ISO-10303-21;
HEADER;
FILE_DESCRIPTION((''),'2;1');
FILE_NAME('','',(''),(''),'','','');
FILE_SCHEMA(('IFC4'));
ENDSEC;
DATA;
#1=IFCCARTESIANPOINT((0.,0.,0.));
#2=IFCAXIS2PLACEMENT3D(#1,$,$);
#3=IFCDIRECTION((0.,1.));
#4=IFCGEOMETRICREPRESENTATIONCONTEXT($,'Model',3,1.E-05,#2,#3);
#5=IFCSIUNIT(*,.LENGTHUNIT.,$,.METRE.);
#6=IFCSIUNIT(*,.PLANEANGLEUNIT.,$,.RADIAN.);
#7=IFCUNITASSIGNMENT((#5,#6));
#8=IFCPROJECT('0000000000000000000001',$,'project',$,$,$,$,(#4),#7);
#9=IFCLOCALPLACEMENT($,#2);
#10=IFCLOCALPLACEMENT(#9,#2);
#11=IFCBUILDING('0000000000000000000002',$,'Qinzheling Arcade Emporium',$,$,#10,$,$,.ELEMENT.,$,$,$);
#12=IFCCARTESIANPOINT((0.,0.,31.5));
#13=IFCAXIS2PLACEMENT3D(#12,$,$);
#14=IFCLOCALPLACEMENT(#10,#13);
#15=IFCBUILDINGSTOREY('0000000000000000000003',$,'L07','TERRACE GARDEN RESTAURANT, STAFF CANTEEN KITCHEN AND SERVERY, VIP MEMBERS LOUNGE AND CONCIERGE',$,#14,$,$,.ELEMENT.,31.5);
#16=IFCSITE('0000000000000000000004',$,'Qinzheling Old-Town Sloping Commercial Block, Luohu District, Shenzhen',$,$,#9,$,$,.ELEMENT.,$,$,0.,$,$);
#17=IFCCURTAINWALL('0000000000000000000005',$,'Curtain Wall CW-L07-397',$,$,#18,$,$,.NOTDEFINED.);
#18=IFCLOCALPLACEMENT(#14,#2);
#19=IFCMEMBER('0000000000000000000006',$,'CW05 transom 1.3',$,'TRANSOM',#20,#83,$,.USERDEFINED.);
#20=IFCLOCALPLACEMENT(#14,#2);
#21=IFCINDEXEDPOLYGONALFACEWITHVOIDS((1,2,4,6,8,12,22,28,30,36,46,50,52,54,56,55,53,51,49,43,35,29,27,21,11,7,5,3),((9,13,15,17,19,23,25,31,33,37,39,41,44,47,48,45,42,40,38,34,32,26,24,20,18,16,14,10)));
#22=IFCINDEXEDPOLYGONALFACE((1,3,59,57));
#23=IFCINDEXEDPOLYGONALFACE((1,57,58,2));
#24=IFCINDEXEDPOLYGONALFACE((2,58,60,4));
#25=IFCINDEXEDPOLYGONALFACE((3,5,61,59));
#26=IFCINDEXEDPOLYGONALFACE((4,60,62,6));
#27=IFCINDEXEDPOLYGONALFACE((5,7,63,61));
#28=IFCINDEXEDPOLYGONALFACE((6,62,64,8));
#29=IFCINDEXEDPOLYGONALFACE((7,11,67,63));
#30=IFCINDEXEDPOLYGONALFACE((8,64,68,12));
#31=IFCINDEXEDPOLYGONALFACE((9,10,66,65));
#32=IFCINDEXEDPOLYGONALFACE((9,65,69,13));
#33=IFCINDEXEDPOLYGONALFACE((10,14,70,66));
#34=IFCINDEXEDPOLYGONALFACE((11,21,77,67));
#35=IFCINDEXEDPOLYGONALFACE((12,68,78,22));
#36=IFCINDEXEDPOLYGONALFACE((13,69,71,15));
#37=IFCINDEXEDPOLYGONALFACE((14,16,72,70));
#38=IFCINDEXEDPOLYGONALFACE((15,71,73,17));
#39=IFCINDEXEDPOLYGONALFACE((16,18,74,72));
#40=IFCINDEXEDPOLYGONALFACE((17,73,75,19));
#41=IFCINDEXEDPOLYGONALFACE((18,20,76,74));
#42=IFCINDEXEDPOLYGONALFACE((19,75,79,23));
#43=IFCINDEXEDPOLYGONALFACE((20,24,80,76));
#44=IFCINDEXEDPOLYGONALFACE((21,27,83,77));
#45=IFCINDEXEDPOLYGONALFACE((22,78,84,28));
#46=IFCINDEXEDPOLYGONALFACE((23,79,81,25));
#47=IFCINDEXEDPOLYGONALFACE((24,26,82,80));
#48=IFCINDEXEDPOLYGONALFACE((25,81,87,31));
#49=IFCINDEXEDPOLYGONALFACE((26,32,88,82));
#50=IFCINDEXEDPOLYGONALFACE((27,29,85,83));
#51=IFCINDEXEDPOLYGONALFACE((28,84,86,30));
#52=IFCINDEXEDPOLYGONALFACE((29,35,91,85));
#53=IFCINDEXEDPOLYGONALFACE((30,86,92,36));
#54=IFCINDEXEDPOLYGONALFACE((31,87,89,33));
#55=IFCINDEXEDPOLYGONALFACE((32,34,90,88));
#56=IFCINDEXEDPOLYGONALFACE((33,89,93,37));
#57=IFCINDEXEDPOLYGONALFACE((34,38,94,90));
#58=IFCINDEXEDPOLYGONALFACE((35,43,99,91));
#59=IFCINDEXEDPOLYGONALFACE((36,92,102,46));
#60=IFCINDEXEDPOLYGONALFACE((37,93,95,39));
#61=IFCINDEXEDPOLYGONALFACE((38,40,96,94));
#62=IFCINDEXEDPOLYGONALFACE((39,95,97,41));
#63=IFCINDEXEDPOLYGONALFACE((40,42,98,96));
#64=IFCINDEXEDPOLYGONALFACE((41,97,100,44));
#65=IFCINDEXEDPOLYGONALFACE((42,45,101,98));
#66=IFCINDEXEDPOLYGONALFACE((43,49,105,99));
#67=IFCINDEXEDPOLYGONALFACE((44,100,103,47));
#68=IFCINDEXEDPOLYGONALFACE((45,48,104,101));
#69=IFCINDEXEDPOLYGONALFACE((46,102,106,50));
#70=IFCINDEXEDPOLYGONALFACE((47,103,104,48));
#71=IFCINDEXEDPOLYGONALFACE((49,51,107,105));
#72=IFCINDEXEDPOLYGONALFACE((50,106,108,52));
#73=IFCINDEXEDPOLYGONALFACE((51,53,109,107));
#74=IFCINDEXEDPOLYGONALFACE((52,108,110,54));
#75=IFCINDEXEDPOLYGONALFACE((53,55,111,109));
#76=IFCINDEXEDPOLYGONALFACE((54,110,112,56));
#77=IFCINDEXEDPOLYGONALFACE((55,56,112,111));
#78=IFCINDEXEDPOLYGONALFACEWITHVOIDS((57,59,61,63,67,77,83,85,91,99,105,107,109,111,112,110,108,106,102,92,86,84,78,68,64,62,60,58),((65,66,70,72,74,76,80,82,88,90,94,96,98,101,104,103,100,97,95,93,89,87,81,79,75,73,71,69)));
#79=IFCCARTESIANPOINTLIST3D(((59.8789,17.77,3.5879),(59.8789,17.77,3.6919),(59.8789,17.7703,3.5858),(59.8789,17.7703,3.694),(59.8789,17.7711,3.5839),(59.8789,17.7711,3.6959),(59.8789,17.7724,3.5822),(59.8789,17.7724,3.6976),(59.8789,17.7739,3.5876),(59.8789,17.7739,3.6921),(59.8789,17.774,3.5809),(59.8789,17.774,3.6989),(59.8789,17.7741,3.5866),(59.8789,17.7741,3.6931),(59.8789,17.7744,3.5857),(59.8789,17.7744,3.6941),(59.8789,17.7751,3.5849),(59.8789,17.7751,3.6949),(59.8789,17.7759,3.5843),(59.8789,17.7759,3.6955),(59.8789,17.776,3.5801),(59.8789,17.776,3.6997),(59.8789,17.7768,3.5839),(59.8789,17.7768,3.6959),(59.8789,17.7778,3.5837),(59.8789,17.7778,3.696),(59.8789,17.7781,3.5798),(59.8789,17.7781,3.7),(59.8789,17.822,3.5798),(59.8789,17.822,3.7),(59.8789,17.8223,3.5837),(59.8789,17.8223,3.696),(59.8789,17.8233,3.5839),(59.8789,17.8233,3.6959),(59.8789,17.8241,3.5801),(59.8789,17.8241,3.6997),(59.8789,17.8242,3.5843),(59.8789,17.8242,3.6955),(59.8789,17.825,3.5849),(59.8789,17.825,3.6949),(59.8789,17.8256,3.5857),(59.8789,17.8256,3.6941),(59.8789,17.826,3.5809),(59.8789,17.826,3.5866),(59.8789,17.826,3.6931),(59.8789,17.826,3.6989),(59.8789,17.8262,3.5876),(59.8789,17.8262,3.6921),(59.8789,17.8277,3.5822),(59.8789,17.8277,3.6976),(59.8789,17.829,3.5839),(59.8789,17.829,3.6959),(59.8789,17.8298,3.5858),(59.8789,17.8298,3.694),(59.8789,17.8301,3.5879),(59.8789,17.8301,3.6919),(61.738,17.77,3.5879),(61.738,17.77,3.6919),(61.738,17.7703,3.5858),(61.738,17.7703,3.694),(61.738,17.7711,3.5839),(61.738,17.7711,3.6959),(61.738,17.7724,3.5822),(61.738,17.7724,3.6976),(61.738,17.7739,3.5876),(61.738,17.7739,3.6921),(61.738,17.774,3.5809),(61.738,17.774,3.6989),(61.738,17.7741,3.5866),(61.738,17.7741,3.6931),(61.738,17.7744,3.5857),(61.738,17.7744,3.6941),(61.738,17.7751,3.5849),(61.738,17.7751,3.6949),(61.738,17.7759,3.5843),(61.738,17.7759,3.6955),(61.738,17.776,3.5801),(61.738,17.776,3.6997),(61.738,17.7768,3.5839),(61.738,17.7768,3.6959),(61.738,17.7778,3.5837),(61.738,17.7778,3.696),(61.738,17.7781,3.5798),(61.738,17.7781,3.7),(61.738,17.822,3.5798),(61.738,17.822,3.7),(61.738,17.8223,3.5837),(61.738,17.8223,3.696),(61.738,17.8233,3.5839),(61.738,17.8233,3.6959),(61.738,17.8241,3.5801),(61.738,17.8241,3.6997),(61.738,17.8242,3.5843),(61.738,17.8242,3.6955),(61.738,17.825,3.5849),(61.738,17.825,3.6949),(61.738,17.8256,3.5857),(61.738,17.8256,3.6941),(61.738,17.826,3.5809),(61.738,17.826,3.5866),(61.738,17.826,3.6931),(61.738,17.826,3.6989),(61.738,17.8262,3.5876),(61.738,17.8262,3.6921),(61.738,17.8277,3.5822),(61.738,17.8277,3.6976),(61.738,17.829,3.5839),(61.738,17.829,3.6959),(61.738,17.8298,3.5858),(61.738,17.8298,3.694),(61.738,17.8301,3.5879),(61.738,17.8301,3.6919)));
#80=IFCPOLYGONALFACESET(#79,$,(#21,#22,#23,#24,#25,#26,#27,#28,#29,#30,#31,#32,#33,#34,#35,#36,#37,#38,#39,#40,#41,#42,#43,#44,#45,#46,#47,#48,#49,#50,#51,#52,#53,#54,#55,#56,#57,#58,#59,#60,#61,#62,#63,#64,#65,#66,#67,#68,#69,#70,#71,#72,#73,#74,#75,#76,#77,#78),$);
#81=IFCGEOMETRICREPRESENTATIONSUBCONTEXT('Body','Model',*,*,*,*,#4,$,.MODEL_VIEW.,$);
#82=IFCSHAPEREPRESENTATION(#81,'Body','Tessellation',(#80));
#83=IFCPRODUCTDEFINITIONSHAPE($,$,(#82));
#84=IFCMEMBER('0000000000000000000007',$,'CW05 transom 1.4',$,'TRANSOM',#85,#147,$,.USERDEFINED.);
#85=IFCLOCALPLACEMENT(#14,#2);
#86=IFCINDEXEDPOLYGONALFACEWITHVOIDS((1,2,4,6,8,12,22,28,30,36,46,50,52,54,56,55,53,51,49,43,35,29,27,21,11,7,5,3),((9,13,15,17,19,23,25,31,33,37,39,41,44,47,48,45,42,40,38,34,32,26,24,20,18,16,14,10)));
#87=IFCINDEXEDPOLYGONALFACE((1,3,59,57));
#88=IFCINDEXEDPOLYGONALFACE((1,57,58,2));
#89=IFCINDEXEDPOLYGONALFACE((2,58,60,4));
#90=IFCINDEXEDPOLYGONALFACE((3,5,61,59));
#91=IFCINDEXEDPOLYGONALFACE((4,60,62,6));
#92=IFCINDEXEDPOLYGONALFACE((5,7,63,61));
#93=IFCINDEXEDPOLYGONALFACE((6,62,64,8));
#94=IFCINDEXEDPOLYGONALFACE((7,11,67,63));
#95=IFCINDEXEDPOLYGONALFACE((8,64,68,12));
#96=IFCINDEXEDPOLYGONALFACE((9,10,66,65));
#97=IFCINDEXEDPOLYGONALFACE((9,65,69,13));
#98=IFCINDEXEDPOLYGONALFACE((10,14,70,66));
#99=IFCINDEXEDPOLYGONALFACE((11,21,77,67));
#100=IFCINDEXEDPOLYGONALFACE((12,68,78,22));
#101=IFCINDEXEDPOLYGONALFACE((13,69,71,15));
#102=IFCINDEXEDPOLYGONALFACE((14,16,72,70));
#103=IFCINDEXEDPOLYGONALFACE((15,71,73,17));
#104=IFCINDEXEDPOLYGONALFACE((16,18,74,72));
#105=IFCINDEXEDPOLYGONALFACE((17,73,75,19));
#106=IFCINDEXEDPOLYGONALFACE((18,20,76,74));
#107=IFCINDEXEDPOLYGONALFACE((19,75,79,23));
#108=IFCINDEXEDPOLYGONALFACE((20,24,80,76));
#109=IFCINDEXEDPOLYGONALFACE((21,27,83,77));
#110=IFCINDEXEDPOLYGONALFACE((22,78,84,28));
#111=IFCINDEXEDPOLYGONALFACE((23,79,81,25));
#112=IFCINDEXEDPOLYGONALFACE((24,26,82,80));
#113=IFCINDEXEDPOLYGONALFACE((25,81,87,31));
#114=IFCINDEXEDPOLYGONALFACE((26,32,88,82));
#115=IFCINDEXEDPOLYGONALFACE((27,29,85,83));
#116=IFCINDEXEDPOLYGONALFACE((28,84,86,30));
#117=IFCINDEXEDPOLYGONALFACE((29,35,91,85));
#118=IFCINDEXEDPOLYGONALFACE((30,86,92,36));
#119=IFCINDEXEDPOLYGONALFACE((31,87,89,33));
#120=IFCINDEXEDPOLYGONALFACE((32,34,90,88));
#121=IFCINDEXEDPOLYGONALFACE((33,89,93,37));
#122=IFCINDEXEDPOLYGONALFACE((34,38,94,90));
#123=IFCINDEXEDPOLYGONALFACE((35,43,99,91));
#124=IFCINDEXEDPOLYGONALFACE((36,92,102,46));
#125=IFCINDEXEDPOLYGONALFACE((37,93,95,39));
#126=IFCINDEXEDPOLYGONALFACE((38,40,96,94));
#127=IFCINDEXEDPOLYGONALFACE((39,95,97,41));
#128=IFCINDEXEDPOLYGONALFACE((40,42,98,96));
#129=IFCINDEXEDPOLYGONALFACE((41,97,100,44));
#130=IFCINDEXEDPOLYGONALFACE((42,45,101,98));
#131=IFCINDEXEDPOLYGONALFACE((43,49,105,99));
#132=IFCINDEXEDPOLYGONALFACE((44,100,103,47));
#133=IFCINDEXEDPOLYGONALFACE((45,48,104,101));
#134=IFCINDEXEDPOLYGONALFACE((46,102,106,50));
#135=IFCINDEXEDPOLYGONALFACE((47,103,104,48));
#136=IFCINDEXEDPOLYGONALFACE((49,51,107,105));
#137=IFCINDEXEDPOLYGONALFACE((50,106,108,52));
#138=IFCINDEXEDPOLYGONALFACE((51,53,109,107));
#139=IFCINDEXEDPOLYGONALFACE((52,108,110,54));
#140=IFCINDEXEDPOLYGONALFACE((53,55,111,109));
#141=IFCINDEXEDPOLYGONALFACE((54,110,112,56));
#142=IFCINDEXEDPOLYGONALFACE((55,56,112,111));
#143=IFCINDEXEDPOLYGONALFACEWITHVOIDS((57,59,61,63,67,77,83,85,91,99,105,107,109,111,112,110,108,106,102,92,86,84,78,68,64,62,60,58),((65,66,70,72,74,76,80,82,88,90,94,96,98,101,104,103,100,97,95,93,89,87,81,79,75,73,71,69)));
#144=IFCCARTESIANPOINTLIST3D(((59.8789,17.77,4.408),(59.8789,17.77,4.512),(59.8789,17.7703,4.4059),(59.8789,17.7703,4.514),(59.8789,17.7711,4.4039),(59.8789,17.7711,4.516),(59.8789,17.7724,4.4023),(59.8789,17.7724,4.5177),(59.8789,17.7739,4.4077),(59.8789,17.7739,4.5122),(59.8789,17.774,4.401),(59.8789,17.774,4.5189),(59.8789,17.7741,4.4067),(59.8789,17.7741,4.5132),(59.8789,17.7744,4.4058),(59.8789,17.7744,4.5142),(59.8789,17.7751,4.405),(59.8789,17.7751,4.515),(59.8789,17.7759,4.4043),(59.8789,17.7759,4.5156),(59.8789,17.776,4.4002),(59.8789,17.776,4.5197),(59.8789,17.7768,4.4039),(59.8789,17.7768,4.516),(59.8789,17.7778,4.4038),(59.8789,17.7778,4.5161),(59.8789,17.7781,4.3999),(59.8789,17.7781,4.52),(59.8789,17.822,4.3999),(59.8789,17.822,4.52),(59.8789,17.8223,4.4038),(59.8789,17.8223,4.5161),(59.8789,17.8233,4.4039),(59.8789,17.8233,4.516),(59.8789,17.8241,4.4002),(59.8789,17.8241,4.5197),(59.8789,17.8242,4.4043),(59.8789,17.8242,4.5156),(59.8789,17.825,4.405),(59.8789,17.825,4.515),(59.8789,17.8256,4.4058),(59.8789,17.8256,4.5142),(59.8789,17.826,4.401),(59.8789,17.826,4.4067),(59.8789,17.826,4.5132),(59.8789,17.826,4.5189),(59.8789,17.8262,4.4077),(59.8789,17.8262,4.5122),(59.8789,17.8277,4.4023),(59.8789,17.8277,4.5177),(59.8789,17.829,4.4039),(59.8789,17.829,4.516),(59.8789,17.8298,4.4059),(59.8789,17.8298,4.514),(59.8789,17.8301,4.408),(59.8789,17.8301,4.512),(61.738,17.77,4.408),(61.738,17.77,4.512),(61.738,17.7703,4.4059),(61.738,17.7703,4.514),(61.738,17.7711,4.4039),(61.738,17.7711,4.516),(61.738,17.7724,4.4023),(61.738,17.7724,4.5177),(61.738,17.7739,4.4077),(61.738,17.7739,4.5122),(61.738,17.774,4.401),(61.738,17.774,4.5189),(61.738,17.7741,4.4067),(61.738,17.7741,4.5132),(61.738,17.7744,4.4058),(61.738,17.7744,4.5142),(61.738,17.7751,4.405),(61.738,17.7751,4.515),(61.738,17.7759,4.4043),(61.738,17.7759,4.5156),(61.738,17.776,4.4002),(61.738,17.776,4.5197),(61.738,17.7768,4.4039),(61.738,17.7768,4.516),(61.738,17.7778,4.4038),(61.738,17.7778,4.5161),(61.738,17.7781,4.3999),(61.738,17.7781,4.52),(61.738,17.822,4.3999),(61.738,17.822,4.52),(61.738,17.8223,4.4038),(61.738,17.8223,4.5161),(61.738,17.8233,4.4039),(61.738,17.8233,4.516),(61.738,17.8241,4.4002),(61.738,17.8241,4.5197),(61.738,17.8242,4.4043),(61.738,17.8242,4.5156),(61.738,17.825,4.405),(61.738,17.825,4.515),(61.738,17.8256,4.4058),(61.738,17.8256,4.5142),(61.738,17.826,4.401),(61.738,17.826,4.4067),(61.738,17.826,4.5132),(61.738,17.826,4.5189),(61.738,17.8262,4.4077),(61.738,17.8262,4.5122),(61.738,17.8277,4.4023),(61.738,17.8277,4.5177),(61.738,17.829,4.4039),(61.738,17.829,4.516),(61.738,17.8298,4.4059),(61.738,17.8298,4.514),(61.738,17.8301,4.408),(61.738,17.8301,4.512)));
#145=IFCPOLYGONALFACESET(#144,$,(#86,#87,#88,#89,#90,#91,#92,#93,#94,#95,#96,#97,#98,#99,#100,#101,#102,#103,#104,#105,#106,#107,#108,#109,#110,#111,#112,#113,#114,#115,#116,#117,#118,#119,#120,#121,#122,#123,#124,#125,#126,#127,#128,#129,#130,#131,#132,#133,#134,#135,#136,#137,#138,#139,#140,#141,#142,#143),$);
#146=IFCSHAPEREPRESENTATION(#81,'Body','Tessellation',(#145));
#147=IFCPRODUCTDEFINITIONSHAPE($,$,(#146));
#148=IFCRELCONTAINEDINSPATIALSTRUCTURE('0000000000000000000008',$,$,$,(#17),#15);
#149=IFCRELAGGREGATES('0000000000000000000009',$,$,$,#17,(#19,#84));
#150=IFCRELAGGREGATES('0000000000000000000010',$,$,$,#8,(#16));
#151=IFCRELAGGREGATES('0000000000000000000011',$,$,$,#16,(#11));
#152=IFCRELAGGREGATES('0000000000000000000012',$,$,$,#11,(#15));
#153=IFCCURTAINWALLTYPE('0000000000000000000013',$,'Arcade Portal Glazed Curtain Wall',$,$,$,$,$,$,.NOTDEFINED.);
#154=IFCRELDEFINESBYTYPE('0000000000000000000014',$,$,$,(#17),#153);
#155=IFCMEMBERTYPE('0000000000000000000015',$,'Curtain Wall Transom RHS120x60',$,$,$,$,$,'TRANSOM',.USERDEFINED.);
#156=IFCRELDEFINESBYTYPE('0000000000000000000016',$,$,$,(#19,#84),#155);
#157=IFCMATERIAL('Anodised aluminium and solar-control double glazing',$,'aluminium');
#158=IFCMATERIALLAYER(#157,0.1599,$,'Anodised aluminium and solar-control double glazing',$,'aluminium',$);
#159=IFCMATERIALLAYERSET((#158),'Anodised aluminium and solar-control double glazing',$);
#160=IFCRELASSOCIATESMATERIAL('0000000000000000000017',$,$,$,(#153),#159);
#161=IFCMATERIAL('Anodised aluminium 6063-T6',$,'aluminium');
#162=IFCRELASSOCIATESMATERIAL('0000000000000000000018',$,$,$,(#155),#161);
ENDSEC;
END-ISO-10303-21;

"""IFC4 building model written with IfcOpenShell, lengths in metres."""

from ifc_helpers import new_model, si_unit, direction, frame, origin, origin_2d, place, context, subcontext, project, spatial, hollow_rectangle, extrude, material, layer, layer_set, material_profile, profile_set, type_object, element, aggregate, save


model = new_model("IFC4")

# Units and contexts
model_context = context("Model", 3, precision=1e-05, world=origin(), true_north=direction((0.0, 1.0)))
body_context = subcontext(model_context, "Body", "Model", "MODEL_VIEW")
ifc_project = project(units=[si_unit("LENGTHUNIT", "METRE"), si_unit("PLANEANGLEUNIT", "RADIAN")], contexts=[model_context])

# Site, building, storey
site_placement = place(None, origin())
site = spatial("IfcSite", under=ifc_project, at=site_placement, Name="Qinzheling Old-Town Sloping Commercial Block, Luohu District, Shenzhen", CompositionType="ELEMENT", RefElevation=0.0)
building_placement = place(site_placement, origin())
building = spatial("IfcBuilding", under=site, at=building_placement, Name="Qinzheling Arcade Emporium", CompositionType="ELEMENT")
storey_placement = place(building_placement, frame((0.0, 0.0, 31.5)))
storey = spatial("IfcBuildingStorey", under=building, at=storey_placement, Name="L07", Description="TERRACE GARDEN RESTAURANT, STAFF CANTEEN KITCHEN AND SERVERY, VIP MEMBERS LOUNGE AND CONCIERGE", CompositionType="ELEMENT", Elevation=31.5)

# Curtain wall, members
ifc_material_1 = material(Name="Anodised aluminium and solar-control double glazing", Category="aluminium")
ifc_layer_1 = layer(ifc_material_1, 0.1599, Name="Anodised aluminium and solar-control double glazing", Category="aluminium")
ifc_layer_set_1 = layer_set([ifc_layer_1], Name="Anodised aluminium and solar-control double glazing")
curtain_wall_type = type_object("IfcCurtainWallType", Name="Arcade Portal Glazed Curtain Wall", PredefinedType="NOTDEFINED", material=ifc_layer_set_1)
curtain_wall_placement = place(storey_placement, origin())
curtain_wall = element("IfcCurtainWall", 1, at=curtain_wall_placement, inside=storey, type_object=curtain_wall_type, Name="Curtain Wall CW-L07-397", PredefinedType="NOTDEFINED")
ifc_material_2 = material(Name="Anodised aluminium 6063-T6", Category="aluminium")
ifc_material_profile_1 = material_profile(ifc_material_2, hollow_rectangle(XDim=0.0601, YDim=0.1201, WallThickness=0.0039, InnerFilletRadius=0.0039, OuterFilletRadius=0.0081, at=origin_2d()), Name="RHS 120x60x4", Category="aluminium")
ifc_profile_set_1 = profile_set([ifc_material_profile_1], Name="Anodised aluminium 6063-T6")
member_type_1 = type_object("IfcMemberType", Name="Curtain Wall Transom RHS120x60", ElementType="TRANSOM", PredefinedType="USERDEFINED", material=ifc_profile_set_1)
member_1_placement = place(storey_placement, frame((61.738, 17.8, 3.6399), z_axis=(-1.0, 0.0, 0.0), x_axis=(0.0, -1.0, 0.0)))
member_1 = element("IfcMember", 2, at=member_1_placement, type_object=member_type_1, Name="CW05 transom 1.3", ObjectType="TRANSOM", PredefinedType="USERDEFINED", context=body_context, shape_type="SweptSolid", body=[
    extrude(hollow_rectangle(XDim=0.0601, YDim=0.1201, WallThickness=0.0039, InnerFilletRadius=0.0039, OuterFilletRadius=0.0081, at=origin_2d()), origin(), (0.0, 0.0, 1.0), 1.8591),
])
member_2_placement = place(storey_placement, frame((61.738, 17.8, 4.46), z_axis=(-1.0, 0.0, 0.0), x_axis=(0.0, -1.0, 0.0)))
member_2 = element("IfcMember", 3, at=member_2_placement, type_object=member_type_1, Name="CW05 transom 1.4", ObjectType="TRANSOM", PredefinedType="USERDEFINED", context=body_context, shape_type="SweptSolid", body=[
    extrude(hollow_rectangle(XDim=0.0601, YDim=0.1201, WallThickness=0.0039, InnerFilletRadius=0.0039, OuterFilletRadius=0.0081, at=origin_2d()), origin(), (0.0, 0.0, 1.0), 1.8591),
])

aggregate(curtain_wall, [member_1, member_2])

save(model, "model.ifc")
